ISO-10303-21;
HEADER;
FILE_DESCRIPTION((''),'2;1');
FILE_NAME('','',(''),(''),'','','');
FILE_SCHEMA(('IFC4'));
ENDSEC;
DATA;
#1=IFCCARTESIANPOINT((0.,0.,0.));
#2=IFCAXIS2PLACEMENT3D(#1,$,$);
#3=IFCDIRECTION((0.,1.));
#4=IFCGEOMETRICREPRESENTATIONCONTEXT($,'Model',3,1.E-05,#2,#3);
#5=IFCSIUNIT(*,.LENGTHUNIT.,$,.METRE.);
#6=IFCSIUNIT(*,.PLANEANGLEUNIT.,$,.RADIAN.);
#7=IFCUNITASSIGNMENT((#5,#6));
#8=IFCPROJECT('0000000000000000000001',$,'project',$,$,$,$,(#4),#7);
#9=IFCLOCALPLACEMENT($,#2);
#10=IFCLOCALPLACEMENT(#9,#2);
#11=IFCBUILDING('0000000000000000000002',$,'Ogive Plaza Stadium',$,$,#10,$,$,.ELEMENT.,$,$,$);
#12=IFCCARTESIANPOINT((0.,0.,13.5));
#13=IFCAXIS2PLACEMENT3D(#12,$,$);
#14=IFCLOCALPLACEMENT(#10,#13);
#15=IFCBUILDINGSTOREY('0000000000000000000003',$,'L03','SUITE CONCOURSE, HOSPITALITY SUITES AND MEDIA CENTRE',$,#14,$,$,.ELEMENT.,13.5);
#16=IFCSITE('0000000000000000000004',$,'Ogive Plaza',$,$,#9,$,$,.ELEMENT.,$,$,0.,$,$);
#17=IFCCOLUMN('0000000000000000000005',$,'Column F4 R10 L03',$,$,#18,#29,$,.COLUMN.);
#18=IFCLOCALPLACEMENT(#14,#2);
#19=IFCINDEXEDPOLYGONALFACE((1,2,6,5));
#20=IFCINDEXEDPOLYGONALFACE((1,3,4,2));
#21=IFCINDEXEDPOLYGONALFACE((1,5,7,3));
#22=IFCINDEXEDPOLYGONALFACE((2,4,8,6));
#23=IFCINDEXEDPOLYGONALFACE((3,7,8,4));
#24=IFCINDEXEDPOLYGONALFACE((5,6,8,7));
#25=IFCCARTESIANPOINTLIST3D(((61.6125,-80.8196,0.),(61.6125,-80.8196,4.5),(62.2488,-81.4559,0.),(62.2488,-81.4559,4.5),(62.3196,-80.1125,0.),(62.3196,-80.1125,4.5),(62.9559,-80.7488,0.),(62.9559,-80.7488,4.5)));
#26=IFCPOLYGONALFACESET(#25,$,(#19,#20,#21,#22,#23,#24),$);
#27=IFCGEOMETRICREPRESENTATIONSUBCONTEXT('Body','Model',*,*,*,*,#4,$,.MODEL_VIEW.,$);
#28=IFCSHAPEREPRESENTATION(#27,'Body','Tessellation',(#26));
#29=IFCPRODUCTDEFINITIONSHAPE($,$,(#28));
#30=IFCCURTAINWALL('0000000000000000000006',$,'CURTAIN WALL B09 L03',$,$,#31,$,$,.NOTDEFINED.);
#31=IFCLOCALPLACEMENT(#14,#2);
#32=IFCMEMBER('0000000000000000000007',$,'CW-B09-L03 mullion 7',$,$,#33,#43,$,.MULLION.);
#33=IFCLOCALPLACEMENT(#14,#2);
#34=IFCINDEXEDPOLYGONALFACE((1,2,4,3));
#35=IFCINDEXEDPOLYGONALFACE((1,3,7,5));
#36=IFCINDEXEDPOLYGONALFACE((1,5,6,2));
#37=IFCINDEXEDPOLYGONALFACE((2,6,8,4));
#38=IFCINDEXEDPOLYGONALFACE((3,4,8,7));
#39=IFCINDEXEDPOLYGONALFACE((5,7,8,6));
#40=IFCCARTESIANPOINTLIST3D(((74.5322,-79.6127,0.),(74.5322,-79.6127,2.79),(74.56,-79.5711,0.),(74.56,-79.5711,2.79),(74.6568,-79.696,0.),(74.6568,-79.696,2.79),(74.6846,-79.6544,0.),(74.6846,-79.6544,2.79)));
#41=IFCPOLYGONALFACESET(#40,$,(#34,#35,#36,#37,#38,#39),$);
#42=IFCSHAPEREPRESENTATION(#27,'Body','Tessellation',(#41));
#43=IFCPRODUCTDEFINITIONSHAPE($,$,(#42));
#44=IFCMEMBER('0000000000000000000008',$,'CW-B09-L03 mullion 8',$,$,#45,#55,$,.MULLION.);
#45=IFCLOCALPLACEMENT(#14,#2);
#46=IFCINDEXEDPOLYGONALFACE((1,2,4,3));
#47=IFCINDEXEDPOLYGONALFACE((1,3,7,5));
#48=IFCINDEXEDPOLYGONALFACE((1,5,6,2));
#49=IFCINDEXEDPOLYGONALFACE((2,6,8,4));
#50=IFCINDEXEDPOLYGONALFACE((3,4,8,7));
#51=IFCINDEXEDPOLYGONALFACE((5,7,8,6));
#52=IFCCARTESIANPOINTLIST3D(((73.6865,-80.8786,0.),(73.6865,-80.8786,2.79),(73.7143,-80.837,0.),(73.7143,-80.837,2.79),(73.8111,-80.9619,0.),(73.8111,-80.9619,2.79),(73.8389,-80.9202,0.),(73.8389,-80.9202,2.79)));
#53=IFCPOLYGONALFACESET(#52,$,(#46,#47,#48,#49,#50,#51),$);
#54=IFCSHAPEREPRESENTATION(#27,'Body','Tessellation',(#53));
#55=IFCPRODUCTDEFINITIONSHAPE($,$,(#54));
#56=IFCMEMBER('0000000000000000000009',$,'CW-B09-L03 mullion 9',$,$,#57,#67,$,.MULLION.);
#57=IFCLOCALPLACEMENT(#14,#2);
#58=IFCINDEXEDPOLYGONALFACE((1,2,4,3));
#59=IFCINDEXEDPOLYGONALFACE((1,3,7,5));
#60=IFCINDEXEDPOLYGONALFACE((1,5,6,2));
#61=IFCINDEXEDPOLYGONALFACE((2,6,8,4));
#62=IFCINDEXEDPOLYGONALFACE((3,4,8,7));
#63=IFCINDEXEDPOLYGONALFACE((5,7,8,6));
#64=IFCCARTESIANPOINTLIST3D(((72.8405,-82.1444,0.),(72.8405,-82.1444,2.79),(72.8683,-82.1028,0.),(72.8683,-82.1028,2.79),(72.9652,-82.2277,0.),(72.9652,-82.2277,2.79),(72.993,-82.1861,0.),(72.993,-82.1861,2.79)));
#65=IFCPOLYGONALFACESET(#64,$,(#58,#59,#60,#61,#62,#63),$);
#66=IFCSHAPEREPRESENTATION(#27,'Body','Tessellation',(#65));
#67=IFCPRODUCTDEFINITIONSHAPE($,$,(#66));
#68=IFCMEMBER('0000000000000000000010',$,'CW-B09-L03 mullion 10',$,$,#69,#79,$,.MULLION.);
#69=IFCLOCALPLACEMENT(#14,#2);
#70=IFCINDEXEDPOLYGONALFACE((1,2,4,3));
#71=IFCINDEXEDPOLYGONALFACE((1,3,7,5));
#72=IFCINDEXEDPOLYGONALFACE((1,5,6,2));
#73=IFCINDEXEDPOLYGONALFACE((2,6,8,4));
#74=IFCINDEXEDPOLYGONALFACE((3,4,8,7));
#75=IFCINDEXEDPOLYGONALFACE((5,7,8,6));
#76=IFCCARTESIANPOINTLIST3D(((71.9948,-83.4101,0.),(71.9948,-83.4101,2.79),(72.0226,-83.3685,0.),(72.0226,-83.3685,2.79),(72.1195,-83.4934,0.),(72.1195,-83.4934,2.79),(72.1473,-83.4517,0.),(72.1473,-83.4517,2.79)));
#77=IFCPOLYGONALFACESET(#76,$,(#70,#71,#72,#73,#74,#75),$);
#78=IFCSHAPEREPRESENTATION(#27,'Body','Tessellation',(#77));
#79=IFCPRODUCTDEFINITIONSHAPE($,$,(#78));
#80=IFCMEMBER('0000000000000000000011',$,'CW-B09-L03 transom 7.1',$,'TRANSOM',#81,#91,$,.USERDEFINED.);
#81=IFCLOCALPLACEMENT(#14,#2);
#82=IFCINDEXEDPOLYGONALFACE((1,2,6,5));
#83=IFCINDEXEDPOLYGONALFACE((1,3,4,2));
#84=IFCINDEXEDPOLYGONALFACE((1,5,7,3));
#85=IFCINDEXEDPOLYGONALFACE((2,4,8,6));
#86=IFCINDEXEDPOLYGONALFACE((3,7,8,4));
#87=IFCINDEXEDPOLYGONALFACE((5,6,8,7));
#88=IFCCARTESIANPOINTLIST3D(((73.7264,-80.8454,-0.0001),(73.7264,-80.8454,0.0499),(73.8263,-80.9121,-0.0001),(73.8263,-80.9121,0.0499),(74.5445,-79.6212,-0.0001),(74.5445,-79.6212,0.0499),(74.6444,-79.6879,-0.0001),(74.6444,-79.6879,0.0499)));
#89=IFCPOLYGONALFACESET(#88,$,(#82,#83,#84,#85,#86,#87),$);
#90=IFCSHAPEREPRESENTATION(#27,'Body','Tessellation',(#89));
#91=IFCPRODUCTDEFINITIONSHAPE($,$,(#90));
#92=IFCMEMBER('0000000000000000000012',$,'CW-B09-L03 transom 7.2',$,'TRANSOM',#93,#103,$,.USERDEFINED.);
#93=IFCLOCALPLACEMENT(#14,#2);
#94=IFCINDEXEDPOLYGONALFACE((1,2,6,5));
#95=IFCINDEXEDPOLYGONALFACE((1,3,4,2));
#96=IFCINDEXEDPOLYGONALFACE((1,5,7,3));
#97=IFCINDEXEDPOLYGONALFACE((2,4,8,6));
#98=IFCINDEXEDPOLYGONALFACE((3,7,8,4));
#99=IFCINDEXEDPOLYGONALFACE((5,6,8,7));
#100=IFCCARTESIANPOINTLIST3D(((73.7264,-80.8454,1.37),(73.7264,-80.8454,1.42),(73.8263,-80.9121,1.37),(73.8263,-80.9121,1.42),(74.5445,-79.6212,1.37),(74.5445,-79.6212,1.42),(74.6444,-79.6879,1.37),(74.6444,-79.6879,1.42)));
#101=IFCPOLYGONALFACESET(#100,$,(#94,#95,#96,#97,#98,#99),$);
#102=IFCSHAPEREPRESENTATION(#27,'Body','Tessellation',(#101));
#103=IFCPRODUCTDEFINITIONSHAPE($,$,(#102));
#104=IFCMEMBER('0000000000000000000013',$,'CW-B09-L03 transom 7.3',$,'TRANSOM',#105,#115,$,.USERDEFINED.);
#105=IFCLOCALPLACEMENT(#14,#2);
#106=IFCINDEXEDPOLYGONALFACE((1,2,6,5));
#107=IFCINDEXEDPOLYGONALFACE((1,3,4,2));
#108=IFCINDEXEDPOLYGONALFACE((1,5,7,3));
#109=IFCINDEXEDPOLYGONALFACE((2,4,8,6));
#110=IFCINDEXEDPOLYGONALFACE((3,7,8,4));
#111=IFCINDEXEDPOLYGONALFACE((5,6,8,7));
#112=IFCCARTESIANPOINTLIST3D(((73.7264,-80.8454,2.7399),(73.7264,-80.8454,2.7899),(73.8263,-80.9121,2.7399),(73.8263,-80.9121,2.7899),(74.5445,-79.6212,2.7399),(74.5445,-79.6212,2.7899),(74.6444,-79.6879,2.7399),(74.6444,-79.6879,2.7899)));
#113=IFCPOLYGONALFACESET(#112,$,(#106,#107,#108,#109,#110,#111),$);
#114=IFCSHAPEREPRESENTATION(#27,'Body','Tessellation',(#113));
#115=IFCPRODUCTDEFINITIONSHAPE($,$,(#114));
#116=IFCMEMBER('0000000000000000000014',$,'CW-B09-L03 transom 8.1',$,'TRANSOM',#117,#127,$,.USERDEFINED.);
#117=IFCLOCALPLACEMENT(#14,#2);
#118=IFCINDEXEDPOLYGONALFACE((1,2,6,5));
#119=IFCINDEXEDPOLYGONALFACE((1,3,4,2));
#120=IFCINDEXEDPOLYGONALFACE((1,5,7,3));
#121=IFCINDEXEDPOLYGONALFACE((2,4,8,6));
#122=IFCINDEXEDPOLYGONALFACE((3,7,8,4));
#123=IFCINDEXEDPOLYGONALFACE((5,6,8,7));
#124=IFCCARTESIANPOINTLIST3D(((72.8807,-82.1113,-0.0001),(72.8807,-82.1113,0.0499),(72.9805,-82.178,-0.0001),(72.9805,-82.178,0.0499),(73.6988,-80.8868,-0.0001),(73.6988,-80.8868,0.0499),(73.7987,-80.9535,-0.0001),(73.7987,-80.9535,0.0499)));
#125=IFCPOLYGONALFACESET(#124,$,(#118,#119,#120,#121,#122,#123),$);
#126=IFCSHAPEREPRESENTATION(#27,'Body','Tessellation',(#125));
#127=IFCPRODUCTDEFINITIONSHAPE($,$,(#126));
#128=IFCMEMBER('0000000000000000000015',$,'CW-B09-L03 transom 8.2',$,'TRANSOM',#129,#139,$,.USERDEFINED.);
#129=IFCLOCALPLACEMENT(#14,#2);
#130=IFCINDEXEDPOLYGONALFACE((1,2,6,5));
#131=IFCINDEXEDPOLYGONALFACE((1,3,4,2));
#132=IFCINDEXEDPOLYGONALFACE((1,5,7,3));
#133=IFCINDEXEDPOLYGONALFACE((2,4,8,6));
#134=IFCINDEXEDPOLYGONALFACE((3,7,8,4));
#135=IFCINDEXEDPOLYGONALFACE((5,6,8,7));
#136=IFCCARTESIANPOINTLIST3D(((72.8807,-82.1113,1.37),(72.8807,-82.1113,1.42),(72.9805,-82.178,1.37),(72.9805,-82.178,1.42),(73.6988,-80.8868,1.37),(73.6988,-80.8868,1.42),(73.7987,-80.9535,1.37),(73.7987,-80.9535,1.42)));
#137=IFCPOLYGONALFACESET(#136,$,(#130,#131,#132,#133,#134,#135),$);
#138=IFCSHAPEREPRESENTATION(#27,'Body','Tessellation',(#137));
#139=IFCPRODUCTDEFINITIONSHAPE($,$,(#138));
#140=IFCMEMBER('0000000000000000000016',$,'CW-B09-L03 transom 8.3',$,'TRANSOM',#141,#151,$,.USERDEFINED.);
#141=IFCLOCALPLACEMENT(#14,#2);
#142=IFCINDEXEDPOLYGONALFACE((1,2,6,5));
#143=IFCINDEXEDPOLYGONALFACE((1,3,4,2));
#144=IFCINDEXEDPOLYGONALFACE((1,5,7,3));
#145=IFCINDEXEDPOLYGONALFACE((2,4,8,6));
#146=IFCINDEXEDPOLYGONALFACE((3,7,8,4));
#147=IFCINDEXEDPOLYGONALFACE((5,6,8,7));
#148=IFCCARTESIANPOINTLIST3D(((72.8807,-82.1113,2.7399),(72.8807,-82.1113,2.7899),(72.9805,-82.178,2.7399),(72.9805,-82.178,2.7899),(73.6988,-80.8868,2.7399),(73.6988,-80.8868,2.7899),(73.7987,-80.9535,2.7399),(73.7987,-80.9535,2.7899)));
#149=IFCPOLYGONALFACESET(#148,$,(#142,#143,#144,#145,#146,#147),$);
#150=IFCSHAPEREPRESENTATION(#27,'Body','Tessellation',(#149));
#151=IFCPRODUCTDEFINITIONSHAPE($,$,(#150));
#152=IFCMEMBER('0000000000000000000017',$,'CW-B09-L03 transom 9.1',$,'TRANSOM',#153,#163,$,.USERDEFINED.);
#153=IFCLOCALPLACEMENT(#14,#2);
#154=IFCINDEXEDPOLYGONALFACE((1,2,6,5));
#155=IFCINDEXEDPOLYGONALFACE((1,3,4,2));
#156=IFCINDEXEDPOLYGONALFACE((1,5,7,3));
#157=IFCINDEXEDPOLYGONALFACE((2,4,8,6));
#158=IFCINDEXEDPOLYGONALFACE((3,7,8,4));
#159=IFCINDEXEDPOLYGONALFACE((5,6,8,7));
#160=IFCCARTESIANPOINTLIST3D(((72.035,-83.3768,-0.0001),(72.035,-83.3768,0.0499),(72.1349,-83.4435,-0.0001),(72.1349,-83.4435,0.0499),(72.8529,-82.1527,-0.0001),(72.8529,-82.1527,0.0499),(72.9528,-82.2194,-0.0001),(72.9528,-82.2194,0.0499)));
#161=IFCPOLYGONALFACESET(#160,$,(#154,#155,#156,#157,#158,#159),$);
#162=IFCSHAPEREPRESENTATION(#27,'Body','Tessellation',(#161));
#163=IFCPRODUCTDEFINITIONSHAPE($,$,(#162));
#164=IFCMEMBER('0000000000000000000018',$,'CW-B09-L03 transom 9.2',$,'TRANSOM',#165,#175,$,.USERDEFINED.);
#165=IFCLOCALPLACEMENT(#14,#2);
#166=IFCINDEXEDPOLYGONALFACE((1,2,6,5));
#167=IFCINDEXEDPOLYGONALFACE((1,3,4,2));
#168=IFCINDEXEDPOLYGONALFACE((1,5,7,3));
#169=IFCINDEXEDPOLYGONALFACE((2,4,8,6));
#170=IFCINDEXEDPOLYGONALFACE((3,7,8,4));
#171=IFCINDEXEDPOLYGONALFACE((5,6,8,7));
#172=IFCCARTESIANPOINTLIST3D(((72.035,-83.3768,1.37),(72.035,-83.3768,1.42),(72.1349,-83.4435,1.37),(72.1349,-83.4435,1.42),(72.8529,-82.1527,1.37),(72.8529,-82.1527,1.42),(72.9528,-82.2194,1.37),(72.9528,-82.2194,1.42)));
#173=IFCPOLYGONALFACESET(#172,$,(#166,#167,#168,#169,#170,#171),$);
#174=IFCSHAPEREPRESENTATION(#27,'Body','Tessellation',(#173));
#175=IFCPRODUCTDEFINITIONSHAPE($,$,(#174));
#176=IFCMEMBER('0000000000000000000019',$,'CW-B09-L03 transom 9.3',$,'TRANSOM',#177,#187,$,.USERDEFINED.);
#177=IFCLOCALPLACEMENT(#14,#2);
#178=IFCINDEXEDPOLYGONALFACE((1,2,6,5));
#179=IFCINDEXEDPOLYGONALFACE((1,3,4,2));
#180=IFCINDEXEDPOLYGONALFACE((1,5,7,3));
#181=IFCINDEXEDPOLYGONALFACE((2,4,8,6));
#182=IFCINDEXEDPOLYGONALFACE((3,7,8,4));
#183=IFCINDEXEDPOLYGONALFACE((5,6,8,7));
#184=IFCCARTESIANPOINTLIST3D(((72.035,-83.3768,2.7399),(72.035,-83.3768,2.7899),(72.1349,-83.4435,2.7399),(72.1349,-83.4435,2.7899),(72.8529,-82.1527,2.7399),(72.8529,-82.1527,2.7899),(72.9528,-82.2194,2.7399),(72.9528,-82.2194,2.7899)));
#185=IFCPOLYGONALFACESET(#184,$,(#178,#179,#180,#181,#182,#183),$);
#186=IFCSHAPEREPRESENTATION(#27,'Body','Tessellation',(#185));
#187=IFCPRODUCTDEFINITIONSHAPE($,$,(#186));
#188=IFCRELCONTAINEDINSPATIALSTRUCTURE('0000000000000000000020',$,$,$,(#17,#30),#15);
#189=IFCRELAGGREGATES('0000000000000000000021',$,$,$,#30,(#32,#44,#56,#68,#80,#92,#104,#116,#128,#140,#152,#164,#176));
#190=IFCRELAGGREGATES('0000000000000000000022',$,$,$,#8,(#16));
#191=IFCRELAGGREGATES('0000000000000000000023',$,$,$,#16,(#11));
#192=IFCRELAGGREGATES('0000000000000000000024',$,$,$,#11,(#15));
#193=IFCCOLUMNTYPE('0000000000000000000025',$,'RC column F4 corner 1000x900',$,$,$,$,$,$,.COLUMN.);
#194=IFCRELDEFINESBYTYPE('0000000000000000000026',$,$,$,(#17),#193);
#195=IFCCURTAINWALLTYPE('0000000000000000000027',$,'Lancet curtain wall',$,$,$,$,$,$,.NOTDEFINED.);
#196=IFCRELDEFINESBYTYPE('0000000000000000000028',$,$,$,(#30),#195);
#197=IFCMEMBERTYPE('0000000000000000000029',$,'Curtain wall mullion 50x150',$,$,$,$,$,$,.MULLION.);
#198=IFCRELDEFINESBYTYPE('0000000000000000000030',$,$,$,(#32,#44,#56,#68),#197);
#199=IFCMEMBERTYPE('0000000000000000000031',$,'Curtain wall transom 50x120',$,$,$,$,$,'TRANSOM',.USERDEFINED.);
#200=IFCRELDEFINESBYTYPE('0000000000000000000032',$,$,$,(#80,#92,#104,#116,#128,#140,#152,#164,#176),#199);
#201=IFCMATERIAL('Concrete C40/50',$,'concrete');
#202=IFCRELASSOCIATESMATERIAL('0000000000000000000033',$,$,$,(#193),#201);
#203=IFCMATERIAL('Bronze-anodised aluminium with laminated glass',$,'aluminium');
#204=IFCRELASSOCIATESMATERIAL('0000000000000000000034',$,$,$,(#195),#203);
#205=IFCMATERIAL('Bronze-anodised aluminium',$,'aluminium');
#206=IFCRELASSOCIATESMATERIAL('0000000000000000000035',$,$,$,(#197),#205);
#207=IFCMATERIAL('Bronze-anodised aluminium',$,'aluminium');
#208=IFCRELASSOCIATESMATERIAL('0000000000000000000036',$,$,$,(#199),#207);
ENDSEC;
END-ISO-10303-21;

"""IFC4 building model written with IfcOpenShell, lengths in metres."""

from ifc_helpers import new_model, si_unit, direction, frame, origin, origin_2d, place, context, subcontext, project, spatial, rectangle, extrude, material, material_profile, profile_set, type_object, element, aggregate, save


model = new_model("IFC4")

# Units and contexts
model_context = context("Model", 3, precision=1e-05, world=origin(), true_north=direction((0.0, 1.0)))
body_context = subcontext(model_context, "Body", "Model", "MODEL_VIEW")
ifc_project = project(units=[si_unit("LENGTHUNIT", "METRE"), si_unit("PLANEANGLEUNIT", "RADIAN")], contexts=[model_context])

# Site, building, storey
site_placement = place(None, origin())
site = spatial("IfcSite", under=ifc_project, at=site_placement, Name="Ogive Plaza", CompositionType="ELEMENT", RefElevation=0.0)
building_placement = place(site_placement, origin())
building = spatial("IfcBuilding", under=site, at=building_placement, Name="Ogive Plaza Stadium", CompositionType="ELEMENT")
storey_placement = place(building_placement, frame((0.0, 0.0, 13.5)))
storey = spatial("IfcBuildingStorey", under=building, at=storey_placement, Name="L03", Description="SUITE CONCOURSE, HOSPITALITY SUITES AND MEDIA CENTRE", CompositionType="ELEMENT", Elevation=13.5)

# Column
ifc_material_1 = material(Name="Concrete C40/50", Category="concrete")
ifc_material_profile_1 = material_profile(ifc_material_1, rectangle(XDim=1.0, YDim=0.8999, at=origin_2d()), Name="RC 1000x900")
ifc_profile_set_1 = profile_set([ifc_material_profile_1], Name="Concrete C40/50")
column_type = type_object("IfcColumnType", Name="RC column F4 corner 1000x900", PredefinedType="COLUMN", material=ifc_profile_set_1)
column_placement = place(storey_placement, frame((62.2842, -80.7842, 0.0), z_axis=(0.0, 0.0, 1.0), x_axis=(0.707107, 0.707107, 0.0)))
element("IfcColumn", 1, at=column_placement, inside=storey, type_object=column_type, Name="Column F4 R10 L03", PredefinedType="COLUMN", context=body_context, shape_type="SweptSolid", body=[
    extrude(rectangle(XDim=1.0, YDim=0.8999, at=origin_2d()), origin(), (0.0, 0.0, 1.0), 4.5),
])

# Curtain wall, members
ifc_material_2 = material(Name="Bronze-anodised aluminium with laminated glass", Category="aluminium")
curtain_wall_type = type_object("IfcCurtainWallType", Name="Lancet curtain wall", PredefinedType="NOTDEFINED", material=ifc_material_2)
curtain_wall_placement = place(storey_placement, origin())
curtain_wall = element("IfcCurtainWall", 2, at=curtain_wall_placement, inside=storey, type_object=curtain_wall_type, Name="CURTAIN WALL B09 L03", PredefinedType="NOTDEFINED")
ifc_material_3 = material(Name="Bronze-anodised aluminium", Category="aluminium")
ifc_material_profile_2 = material_profile(ifc_material_3, rectangle(XDim=0.1499, YDim=0.05, at=origin_2d()), Name="AL 150x50")
ifc_profile_set_2 = profile_set([ifc_material_profile_2], Name="Bronze-anodised aluminium")
member_type_1 = type_object("IfcMemberType", Name="Curtain wall mullion 50x150", PredefinedType="MULLION", material=ifc_profile_set_2)
member_1_placement = place(storey_placement, frame((74.6084, -79.6335, 0.0), z_axis=(0.0, 0.0, 1.0), x_axis=(0.83147, -0.55557, 0.0)))
member_1 = element("IfcMember", 3, at=member_1_placement, type_object=member_type_1, Name="CW-B09-L03 mullion 7", PredefinedType="MULLION", context=body_context, shape_type="SweptSolid", body=[
    extrude(rectangle(XDim=0.1499, YDim=0.05, at=origin_2d()), origin(), (0.0, 0.0, 1.0), 2.79),
])
member_2_placement = place(storey_placement, frame((73.7627, -80.8994, 0.0), z_axis=(0.0, 0.0, 1.0), x_axis=(0.83147, -0.55557, 0.0)))
member_2 = element("IfcMember", 4, at=member_2_placement, type_object=member_type_1, Name="CW-B09-L03 mullion 8", PredefinedType="MULLION", context=body_context, shape_type="SweptSolid", body=[
    extrude(rectangle(XDim=0.1499, YDim=0.05, at=origin_2d()), origin(), (0.0, 0.0, 1.0), 2.79),
])
member_3_placement = place(storey_placement, frame((72.9167, -82.1653, 0.0), z_axis=(0.0, 0.0, 1.0), x_axis=(0.83147, -0.55557, 0.0)))
member_3 = element("IfcMember", 5, at=member_3_placement, type_object=member_type_1, Name="CW-B09-L03 mullion 9", PredefinedType="MULLION", context=body_context, shape_type="SweptSolid", body=[
    extrude(rectangle(XDim=0.1499, YDim=0.05, at=origin_2d()), origin(), (0.0, 0.0, 1.0), 2.79),
])
member_4_placement = place(storey_placement, frame((72.071, -83.4309, 0.0), z_axis=(0.0, 0.0, 1.0), x_axis=(0.83147, -0.55557, 0.0)))
member_4 = element("IfcMember", 6, at=member_4_placement, type_object=member_type_1, Name="CW-B09-L03 mullion 10", PredefinedType="MULLION", context=body_context, shape_type="SweptSolid", body=[
    extrude(rectangle(XDim=0.1499, YDim=0.05, at=origin_2d()), origin(), (0.0, 0.0, 1.0), 2.79),
])
ifc_material_4 = material(Name="Bronze-anodised aluminium", Category="aluminium")
ifc_material_profile_3 = material_profile(ifc_material_4, rectangle(XDim=0.1201, YDim=0.05, at=origin_2d()), Name="AL 120x50")
ifc_profile_set_3 = profile_set([ifc_material_profile_3], Name="Bronze-anodised aluminium")
member_type_2 = type_object("IfcMemberType", Name="Curtain wall transom 50x120", ElementType="TRANSOM", PredefinedType="USERDEFINED", material=ifc_profile_set_3)
member_5_placement = place(storey_placement, frame((74.5945, -79.6545, 0.0249), z_axis=(-0.555656, -0.831412, 0.0), x_axis=(0.831412, -0.555656, 0.0)))
member_5 = element("IfcMember", 7, at=member_5_placement, type_object=member_type_2, Name="CW-B09-L03 transom 7.1", ObjectType="TRANSOM", PredefinedType="USERDEFINED", context=body_context, shape_type="SweptSolid", body=[
    extrude(rectangle(XDim=0.1201, YDim=0.05, at=origin_2d()), origin(), (0.0, 0.0, 1.0), 1.4724),
])
member_6_placement = place(storey_placement, frame((74.5945, -79.6545, 1.395), z_axis=(-0.555656, -0.831412, 0.0), x_axis=(0.831412, -0.555656, 0.0)))
member_6 = element("IfcMember", 8, at=member_6_placement, type_object=member_type_2, Name="CW-B09-L03 transom 7.2", ObjectType="TRANSOM", PredefinedType="USERDEFINED", context=body_context, shape_type="SweptSolid", body=[
    extrude(rectangle(XDim=0.1201, YDim=0.05, at=origin_2d()), origin(), (0.0, 0.0, 1.0), 1.4724),
])
member_7_placement = place(storey_placement, frame((74.5945, -79.6545, 2.7649), z_axis=(-0.555656, -0.831412, 0.0), x_axis=(0.831412, -0.555656, 0.0)))
member_7 = element("IfcMember", 9, at=member_7_placement, type_object=member_type_2, Name="CW-B09-L03 transom 7.3", ObjectType="TRANSOM", PredefinedType="USERDEFINED", context=body_context, shape_type="SweptSolid", body=[
    extrude(rectangle(XDim=0.1201, YDim=0.05, at=origin_2d()), origin(), (0.0, 0.0, 1.0), 1.4724),
])
member_8_placement = place(storey_placement, frame((73.7488, -80.9202, 0.0249), z_axis=(-0.55558, -0.831463, 0.0), x_axis=(0.831463, -0.55558, 0.0)))
member_8 = element("IfcMember", 10, at=member_8_placement, type_object=member_type_2, Name="CW-B09-L03 transom 8.1", ObjectType="TRANSOM", PredefinedType="USERDEFINED", context=body_context, shape_type="SweptSolid", body=[
    extrude(rectangle(XDim=0.1201, YDim=0.05, at=origin_2d()), origin(), (0.0, 0.0, 1.0), 1.4727),
])
member_9_placement = place(storey_placement, frame((73.7488, -80.9202, 1.395), z_axis=(-0.55558, -0.831463, 0.0), x_axis=(0.831463, -0.55558, 0.0)))
member_9 = element("IfcMember", 11, at=member_9_placement, type_object=member_type_2, Name="CW-B09-L03 transom 8.2", ObjectType="TRANSOM", PredefinedType="USERDEFINED", context=body_context, shape_type="SweptSolid", body=[
    extrude(rectangle(XDim=0.1201, YDim=0.05, at=origin_2d()), origin(), (0.0, 0.0, 1.0), 1.4727),
])
member_10_placement = place(storey_placement, frame((73.7488, -80.9202, 2.7649), z_axis=(-0.55558, -0.831463, 0.0), x_axis=(0.831463, -0.55558, 0.0)))
member_10 = element("IfcMember", 12, at=member_10_placement, type_object=member_type_2, Name="CW-B09-L03 transom 8.3", ObjectType="TRANSOM", PredefinedType="USERDEFINED", context=body_context, shape_type="SweptSolid", body=[
    extrude(rectangle(XDim=0.1201, YDim=0.05, at=origin_2d()), origin(), (0.0, 0.0, 1.0), 1.4727),
])
member_11_placement = place(storey_placement, frame((72.9028, -82.186, 0.0249), z_axis=(-0.555542, -0.831489, 0.0), x_axis=(0.831489, -0.555542, 0.0)))
member_11 = element("IfcMember", 13, at=member_11_placement, type_object=member_type_2, Name="CW-B09-L03 transom 9.1", ObjectType="TRANSOM", PredefinedType="USERDEFINED", context=body_context, shape_type="SweptSolid", body=[
    extrude(rectangle(XDim=0.1201, YDim=0.05, at=origin_2d()), origin(), (0.0, 0.0, 1.0), 1.4722),
])
member_12_placement = place(storey_placement, frame((72.9028, -82.186, 1.395), z_axis=(-0.555542, -0.831489, 0.0), x_axis=(0.831489, -0.555542, 0.0)))
member_12 = element("IfcMember", 14, at=member_12_placement, type_object=member_type_2, Name="CW-B09-L03 transom 9.2", ObjectType="TRANSOM", PredefinedType="USERDEFINED", context=body_context, shape_type="SweptSolid", body=[
    extrude(rectangle(XDim=0.1201, YDim=0.05, at=origin_2d()), origin(), (0.0, 0.0, 1.0), 1.4722),
])
member_13_placement = place(storey_placement, frame((72.9028, -82.186, 2.7649), z_axis=(-0.555542, -0.831489, 0.0), x_axis=(0.831489, -0.555542, 0.0)))
member_13 = element("IfcMember", 15, at=member_13_placement, type_object=member_type_2, Name="CW-B09-L03 transom 9.3", ObjectType="TRANSOM", PredefinedType="USERDEFINED", context=body_context, shape_type="SweptSolid", body=[
    extrude(rectangle(XDim=0.1201, YDim=0.05, at=origin_2d()), origin(), (0.0, 0.0, 1.0), 1.4722),
])

aggregate(curtain_wall, [member_1, member_2, member_3, member_4, member_5, member_6, member_7, member_8, member_9, member_10, member_11, member_12, member_13])

save(model, "model.ifc")
